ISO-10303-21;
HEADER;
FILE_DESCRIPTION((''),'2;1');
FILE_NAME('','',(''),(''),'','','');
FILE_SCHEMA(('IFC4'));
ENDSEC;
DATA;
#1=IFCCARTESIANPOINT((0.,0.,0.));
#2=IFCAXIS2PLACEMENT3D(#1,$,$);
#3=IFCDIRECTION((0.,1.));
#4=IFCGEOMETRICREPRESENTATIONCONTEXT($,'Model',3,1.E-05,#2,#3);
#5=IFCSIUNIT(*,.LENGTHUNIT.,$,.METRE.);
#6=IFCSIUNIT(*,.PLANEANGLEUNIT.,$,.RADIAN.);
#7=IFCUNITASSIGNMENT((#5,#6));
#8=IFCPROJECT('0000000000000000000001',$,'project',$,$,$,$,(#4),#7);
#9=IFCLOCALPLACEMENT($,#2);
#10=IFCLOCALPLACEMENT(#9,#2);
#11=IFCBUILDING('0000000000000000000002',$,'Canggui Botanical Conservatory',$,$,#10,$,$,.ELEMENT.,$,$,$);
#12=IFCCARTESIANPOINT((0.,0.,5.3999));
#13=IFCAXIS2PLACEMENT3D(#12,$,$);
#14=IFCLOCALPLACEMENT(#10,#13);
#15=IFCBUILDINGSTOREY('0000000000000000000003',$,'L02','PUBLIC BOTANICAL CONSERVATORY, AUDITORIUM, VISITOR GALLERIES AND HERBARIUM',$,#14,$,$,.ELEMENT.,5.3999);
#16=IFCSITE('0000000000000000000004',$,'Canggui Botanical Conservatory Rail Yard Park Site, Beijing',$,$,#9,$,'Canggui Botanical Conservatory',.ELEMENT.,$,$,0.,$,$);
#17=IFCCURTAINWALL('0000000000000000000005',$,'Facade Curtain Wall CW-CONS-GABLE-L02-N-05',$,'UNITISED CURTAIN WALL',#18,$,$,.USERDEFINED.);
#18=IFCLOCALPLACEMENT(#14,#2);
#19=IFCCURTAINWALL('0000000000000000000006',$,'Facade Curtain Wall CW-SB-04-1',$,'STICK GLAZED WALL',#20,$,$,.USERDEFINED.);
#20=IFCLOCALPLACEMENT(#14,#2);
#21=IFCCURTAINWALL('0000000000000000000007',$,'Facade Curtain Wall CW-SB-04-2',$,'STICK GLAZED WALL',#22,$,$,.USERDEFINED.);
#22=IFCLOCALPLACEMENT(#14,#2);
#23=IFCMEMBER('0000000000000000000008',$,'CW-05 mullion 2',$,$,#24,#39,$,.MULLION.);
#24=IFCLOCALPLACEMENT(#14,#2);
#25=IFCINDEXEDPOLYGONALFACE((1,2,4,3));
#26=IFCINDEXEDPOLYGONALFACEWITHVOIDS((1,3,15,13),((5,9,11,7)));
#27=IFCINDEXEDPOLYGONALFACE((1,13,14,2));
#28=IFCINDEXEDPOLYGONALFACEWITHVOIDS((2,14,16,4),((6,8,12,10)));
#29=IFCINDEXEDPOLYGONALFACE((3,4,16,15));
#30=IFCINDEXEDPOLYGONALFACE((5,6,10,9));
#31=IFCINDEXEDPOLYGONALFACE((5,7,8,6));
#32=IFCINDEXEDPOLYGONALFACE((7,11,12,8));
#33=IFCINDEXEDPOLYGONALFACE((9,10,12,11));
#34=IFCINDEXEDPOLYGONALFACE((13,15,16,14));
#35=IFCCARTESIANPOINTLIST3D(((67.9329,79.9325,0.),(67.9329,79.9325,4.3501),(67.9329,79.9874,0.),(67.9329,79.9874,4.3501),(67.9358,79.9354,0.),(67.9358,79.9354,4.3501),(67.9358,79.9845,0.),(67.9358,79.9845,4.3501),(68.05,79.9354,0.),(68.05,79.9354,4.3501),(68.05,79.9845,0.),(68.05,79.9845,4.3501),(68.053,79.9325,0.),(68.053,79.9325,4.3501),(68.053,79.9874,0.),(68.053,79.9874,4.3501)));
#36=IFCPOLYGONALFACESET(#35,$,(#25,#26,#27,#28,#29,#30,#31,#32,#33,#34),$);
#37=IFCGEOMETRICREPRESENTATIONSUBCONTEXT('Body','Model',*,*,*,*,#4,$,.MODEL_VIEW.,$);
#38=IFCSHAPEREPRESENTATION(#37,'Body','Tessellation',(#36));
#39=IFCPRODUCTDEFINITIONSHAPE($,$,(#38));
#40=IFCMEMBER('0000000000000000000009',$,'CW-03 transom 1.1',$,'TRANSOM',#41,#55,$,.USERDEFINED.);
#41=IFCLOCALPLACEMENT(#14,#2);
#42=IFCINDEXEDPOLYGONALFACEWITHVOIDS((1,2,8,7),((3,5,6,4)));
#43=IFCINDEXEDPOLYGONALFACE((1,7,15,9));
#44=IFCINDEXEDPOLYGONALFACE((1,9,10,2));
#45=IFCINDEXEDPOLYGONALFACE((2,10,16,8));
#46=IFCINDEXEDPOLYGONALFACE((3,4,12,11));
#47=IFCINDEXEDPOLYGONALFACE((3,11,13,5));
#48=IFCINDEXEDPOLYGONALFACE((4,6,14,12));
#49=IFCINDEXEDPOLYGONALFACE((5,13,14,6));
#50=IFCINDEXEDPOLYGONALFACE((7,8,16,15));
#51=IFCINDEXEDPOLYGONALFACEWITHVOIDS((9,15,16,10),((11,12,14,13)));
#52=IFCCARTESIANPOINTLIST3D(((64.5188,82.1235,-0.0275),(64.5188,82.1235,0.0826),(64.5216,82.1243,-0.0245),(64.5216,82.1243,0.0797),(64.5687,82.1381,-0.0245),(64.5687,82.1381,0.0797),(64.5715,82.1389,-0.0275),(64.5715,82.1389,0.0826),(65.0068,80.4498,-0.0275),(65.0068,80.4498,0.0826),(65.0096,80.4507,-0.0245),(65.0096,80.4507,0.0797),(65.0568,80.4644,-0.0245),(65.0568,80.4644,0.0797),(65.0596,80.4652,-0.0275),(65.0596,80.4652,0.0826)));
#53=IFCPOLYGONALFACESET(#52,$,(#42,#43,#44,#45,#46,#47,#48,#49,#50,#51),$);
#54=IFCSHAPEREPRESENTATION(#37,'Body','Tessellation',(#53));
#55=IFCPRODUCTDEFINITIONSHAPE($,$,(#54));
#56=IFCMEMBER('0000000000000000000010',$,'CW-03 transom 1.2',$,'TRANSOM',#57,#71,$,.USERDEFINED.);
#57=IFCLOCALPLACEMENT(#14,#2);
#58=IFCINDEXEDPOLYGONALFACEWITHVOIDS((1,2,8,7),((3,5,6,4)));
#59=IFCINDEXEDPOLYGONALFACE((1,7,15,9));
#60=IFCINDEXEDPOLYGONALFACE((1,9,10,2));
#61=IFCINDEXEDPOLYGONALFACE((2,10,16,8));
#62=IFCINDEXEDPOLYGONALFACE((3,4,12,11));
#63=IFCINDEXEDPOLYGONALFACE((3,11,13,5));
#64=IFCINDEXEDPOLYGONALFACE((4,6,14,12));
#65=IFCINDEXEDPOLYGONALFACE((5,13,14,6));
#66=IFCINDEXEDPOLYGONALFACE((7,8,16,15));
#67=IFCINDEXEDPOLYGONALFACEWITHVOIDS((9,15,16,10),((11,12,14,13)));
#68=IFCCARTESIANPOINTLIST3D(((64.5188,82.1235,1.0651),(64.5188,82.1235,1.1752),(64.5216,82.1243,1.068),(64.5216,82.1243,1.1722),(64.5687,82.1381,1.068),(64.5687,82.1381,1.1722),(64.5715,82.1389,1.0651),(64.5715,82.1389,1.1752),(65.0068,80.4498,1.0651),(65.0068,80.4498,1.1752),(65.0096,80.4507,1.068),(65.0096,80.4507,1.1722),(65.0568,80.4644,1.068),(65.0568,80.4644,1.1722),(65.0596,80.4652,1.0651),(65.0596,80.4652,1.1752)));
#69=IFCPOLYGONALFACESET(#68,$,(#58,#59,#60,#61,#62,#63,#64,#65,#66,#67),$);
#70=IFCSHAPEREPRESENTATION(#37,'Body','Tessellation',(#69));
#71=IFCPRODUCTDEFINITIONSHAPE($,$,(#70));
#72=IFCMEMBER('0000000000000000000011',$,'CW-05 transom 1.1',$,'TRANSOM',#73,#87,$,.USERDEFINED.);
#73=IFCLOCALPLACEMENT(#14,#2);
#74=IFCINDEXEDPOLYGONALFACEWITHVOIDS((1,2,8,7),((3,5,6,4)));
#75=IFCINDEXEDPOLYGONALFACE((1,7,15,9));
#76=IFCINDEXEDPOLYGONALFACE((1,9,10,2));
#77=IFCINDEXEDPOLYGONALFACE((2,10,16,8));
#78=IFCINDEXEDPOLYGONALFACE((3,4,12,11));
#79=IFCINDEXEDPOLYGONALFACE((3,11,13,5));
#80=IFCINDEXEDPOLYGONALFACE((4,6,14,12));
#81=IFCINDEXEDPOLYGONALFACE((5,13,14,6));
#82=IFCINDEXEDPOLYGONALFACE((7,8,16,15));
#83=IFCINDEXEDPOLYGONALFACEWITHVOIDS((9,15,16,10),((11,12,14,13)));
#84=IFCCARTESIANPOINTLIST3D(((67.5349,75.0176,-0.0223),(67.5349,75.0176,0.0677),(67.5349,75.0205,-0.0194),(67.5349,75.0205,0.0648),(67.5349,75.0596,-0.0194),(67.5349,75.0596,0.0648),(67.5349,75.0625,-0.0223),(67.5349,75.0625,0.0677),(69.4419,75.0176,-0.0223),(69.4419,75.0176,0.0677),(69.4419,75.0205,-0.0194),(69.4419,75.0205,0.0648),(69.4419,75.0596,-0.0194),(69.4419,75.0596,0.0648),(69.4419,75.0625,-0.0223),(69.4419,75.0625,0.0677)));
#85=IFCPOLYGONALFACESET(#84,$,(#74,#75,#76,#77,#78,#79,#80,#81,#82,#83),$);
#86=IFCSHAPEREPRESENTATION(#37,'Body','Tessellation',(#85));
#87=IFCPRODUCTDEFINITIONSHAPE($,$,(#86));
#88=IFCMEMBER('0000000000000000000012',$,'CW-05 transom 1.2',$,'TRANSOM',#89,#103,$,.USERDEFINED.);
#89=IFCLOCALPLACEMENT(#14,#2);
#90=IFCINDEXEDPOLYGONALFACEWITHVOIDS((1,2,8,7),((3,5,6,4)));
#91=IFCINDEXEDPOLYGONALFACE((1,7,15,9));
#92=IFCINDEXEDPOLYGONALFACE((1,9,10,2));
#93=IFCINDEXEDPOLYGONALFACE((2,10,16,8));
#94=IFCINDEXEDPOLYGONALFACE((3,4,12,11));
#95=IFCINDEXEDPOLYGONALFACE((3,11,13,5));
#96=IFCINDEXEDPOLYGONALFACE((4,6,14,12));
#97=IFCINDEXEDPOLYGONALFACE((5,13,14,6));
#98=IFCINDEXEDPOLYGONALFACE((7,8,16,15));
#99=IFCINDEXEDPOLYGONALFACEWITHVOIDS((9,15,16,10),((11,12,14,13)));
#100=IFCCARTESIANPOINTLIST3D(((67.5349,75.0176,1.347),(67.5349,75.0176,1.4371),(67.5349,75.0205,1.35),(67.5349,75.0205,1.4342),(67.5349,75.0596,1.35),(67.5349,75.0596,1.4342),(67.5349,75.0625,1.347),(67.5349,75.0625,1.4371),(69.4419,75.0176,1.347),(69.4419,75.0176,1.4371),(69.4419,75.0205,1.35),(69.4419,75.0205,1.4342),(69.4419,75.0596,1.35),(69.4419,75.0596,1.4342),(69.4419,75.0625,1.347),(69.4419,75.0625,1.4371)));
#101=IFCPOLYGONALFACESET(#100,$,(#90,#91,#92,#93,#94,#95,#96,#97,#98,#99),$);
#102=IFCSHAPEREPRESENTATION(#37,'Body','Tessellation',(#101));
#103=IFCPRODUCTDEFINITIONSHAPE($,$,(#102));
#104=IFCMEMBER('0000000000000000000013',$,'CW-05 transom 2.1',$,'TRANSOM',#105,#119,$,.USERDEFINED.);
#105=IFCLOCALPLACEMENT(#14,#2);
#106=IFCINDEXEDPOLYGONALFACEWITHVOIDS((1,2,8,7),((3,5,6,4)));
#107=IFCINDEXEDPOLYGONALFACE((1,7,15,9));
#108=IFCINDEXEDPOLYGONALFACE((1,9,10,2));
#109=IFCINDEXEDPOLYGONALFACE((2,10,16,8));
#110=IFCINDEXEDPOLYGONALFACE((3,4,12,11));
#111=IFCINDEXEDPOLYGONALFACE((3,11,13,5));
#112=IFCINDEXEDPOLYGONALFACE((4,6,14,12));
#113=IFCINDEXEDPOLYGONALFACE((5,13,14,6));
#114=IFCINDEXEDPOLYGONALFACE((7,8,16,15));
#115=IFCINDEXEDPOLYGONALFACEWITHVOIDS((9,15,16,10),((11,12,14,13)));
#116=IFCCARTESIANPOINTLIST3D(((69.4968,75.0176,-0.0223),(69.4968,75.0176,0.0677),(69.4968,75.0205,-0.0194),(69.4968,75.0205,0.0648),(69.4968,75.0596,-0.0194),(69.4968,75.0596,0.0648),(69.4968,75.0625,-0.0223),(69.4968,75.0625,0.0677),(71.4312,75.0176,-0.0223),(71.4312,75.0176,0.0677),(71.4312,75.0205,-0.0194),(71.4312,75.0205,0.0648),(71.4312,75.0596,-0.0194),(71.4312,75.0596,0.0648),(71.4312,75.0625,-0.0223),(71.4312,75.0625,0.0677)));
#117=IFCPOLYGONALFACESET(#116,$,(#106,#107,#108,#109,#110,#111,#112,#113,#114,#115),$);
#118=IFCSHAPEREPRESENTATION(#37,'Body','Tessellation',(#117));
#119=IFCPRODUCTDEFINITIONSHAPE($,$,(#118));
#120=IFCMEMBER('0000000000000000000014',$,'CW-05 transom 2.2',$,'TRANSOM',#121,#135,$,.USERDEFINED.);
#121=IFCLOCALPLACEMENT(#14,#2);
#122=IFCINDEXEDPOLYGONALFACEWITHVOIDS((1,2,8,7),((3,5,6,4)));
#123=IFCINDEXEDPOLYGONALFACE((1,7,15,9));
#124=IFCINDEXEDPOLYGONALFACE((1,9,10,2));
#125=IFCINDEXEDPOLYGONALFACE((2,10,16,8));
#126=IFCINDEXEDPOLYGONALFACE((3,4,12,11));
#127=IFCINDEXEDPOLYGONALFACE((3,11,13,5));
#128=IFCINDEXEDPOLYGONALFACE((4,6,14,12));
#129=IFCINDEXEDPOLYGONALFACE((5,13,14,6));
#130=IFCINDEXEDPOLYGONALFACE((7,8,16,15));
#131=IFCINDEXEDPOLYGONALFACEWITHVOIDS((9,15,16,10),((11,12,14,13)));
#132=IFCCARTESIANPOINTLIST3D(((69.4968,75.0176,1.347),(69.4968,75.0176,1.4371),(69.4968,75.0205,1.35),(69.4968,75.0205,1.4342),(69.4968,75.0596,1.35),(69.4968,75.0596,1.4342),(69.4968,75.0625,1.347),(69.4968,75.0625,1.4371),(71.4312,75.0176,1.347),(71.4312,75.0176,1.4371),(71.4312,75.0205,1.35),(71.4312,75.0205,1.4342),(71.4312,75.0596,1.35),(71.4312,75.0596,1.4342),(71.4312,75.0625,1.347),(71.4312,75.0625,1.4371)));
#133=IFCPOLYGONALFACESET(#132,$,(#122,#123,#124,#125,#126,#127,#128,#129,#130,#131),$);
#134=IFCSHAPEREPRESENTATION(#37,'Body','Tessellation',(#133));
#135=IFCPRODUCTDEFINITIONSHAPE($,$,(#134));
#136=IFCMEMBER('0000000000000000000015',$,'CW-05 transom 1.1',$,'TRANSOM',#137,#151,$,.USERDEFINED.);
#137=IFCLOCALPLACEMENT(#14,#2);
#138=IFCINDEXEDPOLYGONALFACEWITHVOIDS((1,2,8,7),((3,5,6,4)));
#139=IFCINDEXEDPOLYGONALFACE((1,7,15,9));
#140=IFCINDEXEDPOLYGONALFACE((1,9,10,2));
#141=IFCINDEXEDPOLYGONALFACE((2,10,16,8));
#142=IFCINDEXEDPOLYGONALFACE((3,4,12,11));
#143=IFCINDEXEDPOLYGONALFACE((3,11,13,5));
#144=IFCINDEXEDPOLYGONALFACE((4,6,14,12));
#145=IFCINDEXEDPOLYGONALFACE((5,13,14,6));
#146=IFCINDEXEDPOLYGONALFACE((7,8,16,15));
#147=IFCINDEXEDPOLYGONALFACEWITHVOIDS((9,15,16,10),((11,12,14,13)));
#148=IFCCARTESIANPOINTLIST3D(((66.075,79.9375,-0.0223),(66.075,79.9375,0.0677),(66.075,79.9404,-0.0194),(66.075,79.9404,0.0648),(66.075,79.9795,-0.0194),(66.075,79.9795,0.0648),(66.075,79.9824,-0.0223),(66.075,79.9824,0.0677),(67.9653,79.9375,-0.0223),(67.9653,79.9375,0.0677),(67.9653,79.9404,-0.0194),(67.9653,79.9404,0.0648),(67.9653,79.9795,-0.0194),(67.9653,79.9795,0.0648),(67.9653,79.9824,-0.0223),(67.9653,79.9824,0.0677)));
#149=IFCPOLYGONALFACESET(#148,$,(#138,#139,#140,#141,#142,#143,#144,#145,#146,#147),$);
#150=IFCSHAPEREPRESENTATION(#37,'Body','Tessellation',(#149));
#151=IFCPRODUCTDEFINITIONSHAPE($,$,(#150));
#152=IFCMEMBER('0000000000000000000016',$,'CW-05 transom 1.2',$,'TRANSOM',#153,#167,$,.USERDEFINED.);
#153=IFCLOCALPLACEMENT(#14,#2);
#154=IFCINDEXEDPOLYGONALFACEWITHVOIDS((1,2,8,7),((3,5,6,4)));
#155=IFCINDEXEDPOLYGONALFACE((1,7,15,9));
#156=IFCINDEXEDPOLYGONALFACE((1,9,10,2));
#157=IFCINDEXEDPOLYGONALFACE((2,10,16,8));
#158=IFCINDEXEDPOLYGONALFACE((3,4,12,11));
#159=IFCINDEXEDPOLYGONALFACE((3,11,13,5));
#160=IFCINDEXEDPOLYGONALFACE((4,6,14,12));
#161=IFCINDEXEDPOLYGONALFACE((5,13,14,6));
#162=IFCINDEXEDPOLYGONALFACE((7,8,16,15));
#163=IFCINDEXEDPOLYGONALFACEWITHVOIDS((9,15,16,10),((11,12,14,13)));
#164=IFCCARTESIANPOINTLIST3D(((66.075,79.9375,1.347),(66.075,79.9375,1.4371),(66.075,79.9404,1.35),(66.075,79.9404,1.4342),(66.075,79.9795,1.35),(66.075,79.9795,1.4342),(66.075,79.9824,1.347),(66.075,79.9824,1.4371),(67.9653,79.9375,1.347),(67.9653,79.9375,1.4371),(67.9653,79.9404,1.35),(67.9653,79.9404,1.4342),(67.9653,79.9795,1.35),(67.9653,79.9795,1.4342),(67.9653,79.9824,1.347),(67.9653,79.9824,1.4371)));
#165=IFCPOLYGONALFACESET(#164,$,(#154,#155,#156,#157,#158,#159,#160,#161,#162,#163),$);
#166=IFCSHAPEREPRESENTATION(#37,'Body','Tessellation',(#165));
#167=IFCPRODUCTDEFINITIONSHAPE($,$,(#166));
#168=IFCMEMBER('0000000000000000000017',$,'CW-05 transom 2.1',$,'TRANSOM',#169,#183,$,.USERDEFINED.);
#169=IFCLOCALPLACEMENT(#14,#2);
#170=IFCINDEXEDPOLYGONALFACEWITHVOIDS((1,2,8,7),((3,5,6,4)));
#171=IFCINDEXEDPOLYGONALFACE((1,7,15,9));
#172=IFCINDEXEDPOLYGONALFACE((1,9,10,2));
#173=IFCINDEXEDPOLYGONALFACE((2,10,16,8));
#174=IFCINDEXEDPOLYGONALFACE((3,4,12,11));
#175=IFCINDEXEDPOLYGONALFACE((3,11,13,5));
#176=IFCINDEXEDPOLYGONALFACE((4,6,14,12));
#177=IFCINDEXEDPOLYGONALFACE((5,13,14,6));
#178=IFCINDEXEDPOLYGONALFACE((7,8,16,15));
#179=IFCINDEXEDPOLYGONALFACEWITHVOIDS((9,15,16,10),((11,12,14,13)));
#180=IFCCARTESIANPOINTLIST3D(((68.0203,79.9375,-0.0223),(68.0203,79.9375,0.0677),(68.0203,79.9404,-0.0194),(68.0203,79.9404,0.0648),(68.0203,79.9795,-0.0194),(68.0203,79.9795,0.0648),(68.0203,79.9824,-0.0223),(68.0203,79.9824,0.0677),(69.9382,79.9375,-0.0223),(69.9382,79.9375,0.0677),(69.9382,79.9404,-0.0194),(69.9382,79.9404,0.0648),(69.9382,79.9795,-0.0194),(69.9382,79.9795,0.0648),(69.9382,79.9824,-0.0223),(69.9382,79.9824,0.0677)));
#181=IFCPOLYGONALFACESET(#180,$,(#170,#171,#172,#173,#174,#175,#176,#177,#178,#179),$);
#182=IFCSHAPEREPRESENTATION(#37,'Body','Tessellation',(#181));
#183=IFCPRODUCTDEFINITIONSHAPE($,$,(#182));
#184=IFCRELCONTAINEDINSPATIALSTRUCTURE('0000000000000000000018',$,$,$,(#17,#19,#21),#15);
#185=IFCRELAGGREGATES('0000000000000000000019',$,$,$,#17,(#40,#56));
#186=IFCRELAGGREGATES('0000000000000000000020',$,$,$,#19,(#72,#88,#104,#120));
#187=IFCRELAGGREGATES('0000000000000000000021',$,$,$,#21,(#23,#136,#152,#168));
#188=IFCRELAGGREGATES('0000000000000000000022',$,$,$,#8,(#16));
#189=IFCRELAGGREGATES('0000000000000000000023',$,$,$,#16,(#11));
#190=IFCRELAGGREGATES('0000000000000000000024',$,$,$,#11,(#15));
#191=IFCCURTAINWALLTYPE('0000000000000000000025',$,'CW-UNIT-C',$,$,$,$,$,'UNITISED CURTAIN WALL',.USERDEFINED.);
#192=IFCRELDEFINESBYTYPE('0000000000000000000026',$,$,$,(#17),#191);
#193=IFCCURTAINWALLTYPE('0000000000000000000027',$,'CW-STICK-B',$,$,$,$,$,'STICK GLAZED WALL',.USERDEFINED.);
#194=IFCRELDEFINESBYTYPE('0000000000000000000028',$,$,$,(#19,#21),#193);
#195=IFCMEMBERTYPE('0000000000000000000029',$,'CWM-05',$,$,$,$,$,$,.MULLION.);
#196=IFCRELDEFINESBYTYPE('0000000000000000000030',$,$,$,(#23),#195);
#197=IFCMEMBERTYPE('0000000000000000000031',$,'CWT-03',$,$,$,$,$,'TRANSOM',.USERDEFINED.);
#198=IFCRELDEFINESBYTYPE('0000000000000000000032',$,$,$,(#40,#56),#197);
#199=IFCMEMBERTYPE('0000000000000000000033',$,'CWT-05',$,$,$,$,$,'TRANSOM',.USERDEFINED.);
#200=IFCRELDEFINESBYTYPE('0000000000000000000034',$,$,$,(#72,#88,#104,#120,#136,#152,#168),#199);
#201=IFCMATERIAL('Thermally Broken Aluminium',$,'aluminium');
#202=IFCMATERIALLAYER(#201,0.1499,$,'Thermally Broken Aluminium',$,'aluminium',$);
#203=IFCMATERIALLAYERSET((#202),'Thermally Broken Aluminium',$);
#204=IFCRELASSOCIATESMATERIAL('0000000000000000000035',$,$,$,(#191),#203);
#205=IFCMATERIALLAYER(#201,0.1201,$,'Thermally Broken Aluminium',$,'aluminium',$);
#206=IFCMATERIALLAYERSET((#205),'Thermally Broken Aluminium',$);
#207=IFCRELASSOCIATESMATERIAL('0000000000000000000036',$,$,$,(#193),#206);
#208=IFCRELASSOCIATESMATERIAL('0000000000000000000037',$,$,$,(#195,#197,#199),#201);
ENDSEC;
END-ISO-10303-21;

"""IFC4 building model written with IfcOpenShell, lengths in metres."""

from ifc_helpers import new_model, si_unit, direction, frame, origin, origin_2d, place, context, subcontext, project, spatial, hollow_rectangle, extrude, material, layer, layer_set, material_profile, profile_set, type_object, element, aggregate, save


model = new_model("IFC4")

# Units and contexts
model_context = context("Model", 3, precision=1e-05, world=origin(), true_north=direction((0.0, 1.0)))
body_context = subcontext(model_context, "Body", "Model", "MODEL_VIEW")
ifc_project = project(units=[si_unit("LENGTHUNIT", "METRE"), si_unit("PLANEANGLEUNIT", "RADIAN")], contexts=[model_context])

# Site, building, storey
site_placement = place(None, origin())
site = spatial("IfcSite", under=ifc_project, at=site_placement, Name="Canggui Botanical Conservatory Rail Yard Park Site, Beijing", LongName="Canggui Botanical Conservatory", CompositionType="ELEMENT", RefElevation=0.0)
building_placement = place(site_placement, origin())
building = spatial("IfcBuilding", under=site, at=building_placement, Name="Canggui Botanical Conservatory", CompositionType="ELEMENT")
storey_placement = place(building_placement, frame((0.0, 0.0, 5.3999)))
storey = spatial("IfcBuildingStorey", under=building, at=storey_placement, Name="L02", Description="PUBLIC BOTANICAL CONSERVATORY, AUDITORIUM, VISITOR GALLERIES AND HERBARIUM", CompositionType="ELEMENT", Elevation=5.3999)

# Curtain wall
ifc_material_1 = material(Name="Thermally Broken Aluminium", Category="aluminium")
ifc_layer_1 = layer(ifc_material_1, 0.1499, Name="Thermally Broken Aluminium", Category="aluminium")
ifc_layer_set_1 = layer_set([ifc_layer_1], Name="Thermally Broken Aluminium")
curtain_wall_type_1 = type_object("IfcCurtainWallType", Name="CW-UNIT-C", ElementType="UNITISED CURTAIN WALL", PredefinedType="USERDEFINED", material=ifc_layer_set_1)
curtain_wall_1_placement = place(storey_placement, origin())
curtain_wall_1 = element("IfcCurtainWall", 1, at=curtain_wall_1_placement, inside=storey, type_object=curtain_wall_type_1, Name="Facade Curtain Wall CW-CONS-GABLE-L02-N-05", ObjectType="UNITISED CURTAIN WALL", PredefinedType="USERDEFINED")

# Curtain walls, member
ifc_layer_2 = layer(ifc_material_1, 0.1201, Name="Thermally Broken Aluminium", Category="aluminium")
ifc_layer_set_2 = layer_set([ifc_layer_2], Name="Thermally Broken Aluminium")
curtain_wall_type_2 = type_object("IfcCurtainWallType", Name="CW-STICK-B", ElementType="STICK GLAZED WALL", PredefinedType="USERDEFINED", material=ifc_layer_set_2)
curtain_wall_2_placement = place(storey_placement, origin())
curtain_wall_2 = element("IfcCurtainWall", 2, at=curtain_wall_2_placement, inside=storey, type_object=curtain_wall_type_2, Name="Facade Curtain Wall CW-SB-04-1", ObjectType="STICK GLAZED WALL", PredefinedType="USERDEFINED")
ifc_material_profile_1 = material_profile(ifc_material_1, hollow_rectangle(XDim=0.0549, YDim=0.1201, WallThickness=0.0029, at=origin_2d()), Name="CWM 55x120x3")
ifc_profile_set_1 = profile_set([ifc_material_profile_1], Name="Thermally Broken Aluminium")
member_type_1 = type_object("IfcMemberType", Name="CWM-05", PredefinedType="MULLION", material=ifc_profile_set_1)
curtain_wall_3_placement = place(storey_placement, origin())
curtain_wall_3 = element("IfcCurtainWall", 3, at=curtain_wall_3_placement, inside=storey, type_object=curtain_wall_type_2, Name="Facade Curtain Wall CW-SB-04-2", ObjectType="STICK GLAZED WALL", PredefinedType="USERDEFINED")
member_1_placement = place(storey_placement, frame((67.9929, 79.96, 0.0), z_axis=(0.0, 0.0, 1.0), x_axis=(0.0, 1.0, 0.0)))
member_1 = element("IfcMember", 4, at=member_1_placement, type_object=member_type_1, Name="CW-05 mullion 2", PredefinedType="MULLION", context=body_context, shape_type="SweptSolid", body=[
    extrude(hollow_rectangle(XDim=0.0549, YDim=0.1201, WallThickness=0.0029, at=origin_2d()), origin(), (0.0, 0.0, 1.0), 4.3501),
])

# Members
ifc_material_profile_2 = material_profile(ifc_material_1, hollow_rectangle(XDim=0.0549, YDim=0.1101, WallThickness=0.0029, at=origin_2d()), Name="CWT 55x110x3")
ifc_profile_set_2 = profile_set([ifc_material_profile_2], Name="Thermally Broken Aluminium")
member_type_2 = type_object("IfcMemberType", Name="CWT-03", ElementType="TRANSOM", PredefinedType="USERDEFINED", material=ifc_profile_set_2)
member_2_placement = place(storey_placement, frame((65.0332, 80.4575, 0.0276), z_axis=(-0.279952, 0.960014, 0.0), x_axis=(-0.960014, -0.279952, 0.0)))
member_2 = element("IfcMember", 5, at=member_2_placement, type_object=member_type_2, Name="CW-03 transom 1.1", ObjectType="TRANSOM", PredefinedType="USERDEFINED", context=body_context, shape_type="SweptSolid", body=[
    extrude(hollow_rectangle(XDim=0.0549, YDim=0.1101, WallThickness=0.0029, at=origin_2d()), origin(), (0.0, 0.0, 1.0), 1.7434),
])
member_3_placement = place(storey_placement, frame((65.0332, 80.4575, 1.1201), z_axis=(-0.279952, 0.960014, 0.0), x_axis=(-0.960014, -0.279952, 0.0)))
member_3 = element("IfcMember", 6, at=member_3_placement, type_object=member_type_2, Name="CW-03 transom 1.2", ObjectType="TRANSOM", PredefinedType="USERDEFINED", context=body_context, shape_type="SweptSolid", body=[
    extrude(hollow_rectangle(XDim=0.0549, YDim=0.1101, WallThickness=0.0029, at=origin_2d()), origin(), (0.0, 0.0, 1.0), 1.7434),
])
aggregate(curtain_wall_1, [member_2, member_3])
ifc_material_profile_3 = material_profile(ifc_material_1, hollow_rectangle(XDim=0.0449, YDim=0.0901, WallThickness=0.0029, at=origin_2d()), Name="CWT 45x90x3")
ifc_profile_set_3 = profile_set([ifc_material_profile_3], Name="Thermally Broken Aluminium")
member_type_3 = type_object("IfcMemberType", Name="CWT-05", ElementType="TRANSOM", PredefinedType="USERDEFINED", material=ifc_profile_set_3)
member_4_placement = place(storey_placement, frame((67.5349, 75.04, 0.0227), z_axis=(1.0, 0.0, 0.0), x_axis=(0.0, 1.0, 0.0)))
member_4 = element("IfcMember", 7, at=member_4_placement, type_object=member_type_3, Name="CW-05 transom 1.1", ObjectType="TRANSOM", PredefinedType="USERDEFINED", context=body_context, shape_type="SweptSolid", body=[
    extrude(hollow_rectangle(XDim=0.0449, YDim=0.0901, WallThickness=0.0029, at=origin_2d()), origin(), (0.0, 0.0, 1.0), 1.907),
])
member_5_placement = place(storey_placement, frame((67.5349, 75.04, 1.3921), z_axis=(1.0, 0.0, 0.0), x_axis=(0.0, 1.0, 0.0)))
member_5 = element("IfcMember", 8, at=member_5_placement, type_object=member_type_3, Name="CW-05 transom 1.2", ObjectType="TRANSOM", PredefinedType="USERDEFINED", context=body_context, shape_type="SweptSolid", body=[
    extrude(hollow_rectangle(XDim=0.0449, YDim=0.0901, WallThickness=0.0029, at=origin_2d()), origin(), (0.0, 0.0, 1.0), 1.907),
])
member_6_placement = place(storey_placement, frame((69.4968, 75.04, 0.0227), z_axis=(1.0, 0.0, 0.0), x_axis=(0.0, 1.0, 0.0)))
member_6 = element("IfcMember", 9, at=member_6_placement, type_object=member_type_3, Name="CW-05 transom 2.1", ObjectType="TRANSOM", PredefinedType="USERDEFINED", context=body_context, shape_type="SweptSolid", body=[
    extrude(hollow_rectangle(XDim=0.0449, YDim=0.0901, WallThickness=0.0029, at=origin_2d()), origin(), (0.0, 0.0, 1.0), 1.9343),
])
member_7_placement = place(storey_placement, frame((69.4968, 75.04, 1.3921), z_axis=(1.0, 0.0, 0.0), x_axis=(0.0, 1.0, 0.0)))
member_7 = element("IfcMember", 10, at=member_7_placement, type_object=member_type_3, Name="CW-05 transom 2.2", ObjectType="TRANSOM", PredefinedType="USERDEFINED", context=body_context, shape_type="SweptSolid", body=[
    extrude(hollow_rectangle(XDim=0.0449, YDim=0.0901, WallThickness=0.0029, at=origin_2d()), origin(), (0.0, 0.0, 1.0), 1.9343),
])
member_8_placement = place(storey_placement, frame((66.075, 79.96, 0.0227), z_axis=(1.0, 0.0, 0.0), x_axis=(0.0, 1.0, 0.0)))
member_8 = element("IfcMember", 11, at=member_8_placement, type_object=member_type_3, Name="CW-05 transom 1.1", ObjectType="TRANSOM", PredefinedType="USERDEFINED", context=body_context, shape_type="SweptSolid", body=[
    extrude(hollow_rectangle(XDim=0.0449, YDim=0.0901, WallThickness=0.0029, at=origin_2d()), origin(), (0.0, 0.0, 1.0), 1.8904),
])
member_9_placement = place(storey_placement, frame((66.075, 79.96, 1.3921), z_axis=(1.0, 0.0, 0.0), x_axis=(0.0, 1.0, 0.0)))
member_9 = element("IfcMember", 12, at=member_9_placement, type_object=member_type_3, Name="CW-05 transom 1.2", ObjectType="TRANSOM", PredefinedType="USERDEFINED", context=body_context, shape_type="SweptSolid", body=[
    extrude(hollow_rectangle(XDim=0.0449, YDim=0.0901, WallThickness=0.0029, at=origin_2d()), origin(), (0.0, 0.0, 1.0), 1.8904),
])
member_10_placement = place(storey_placement, frame((68.0203, 79.96, 0.0227), z_axis=(1.0, 0.0, 0.0), x_axis=(0.0, 1.0, 0.0)))
member_10 = element("IfcMember", 13, at=member_10_placement, type_object=member_type_3, Name="CW-05 transom 2.1", ObjectType="TRANSOM", PredefinedType="USERDEFINED", context=body_context, shape_type="SweptSolid", body=[
    extrude(hollow_rectangle(XDim=0.0449, YDim=0.0901, WallThickness=0.0029, at=origin_2d()), origin(), (0.0, 0.0, 1.0), 1.918),
])

aggregate(curtain_wall_2, [member_4, member_5, member_6, member_7])
aggregate(curtain_wall_3, [member_1, member_8, member_9, member_10])

save(model, "model.ifc")
